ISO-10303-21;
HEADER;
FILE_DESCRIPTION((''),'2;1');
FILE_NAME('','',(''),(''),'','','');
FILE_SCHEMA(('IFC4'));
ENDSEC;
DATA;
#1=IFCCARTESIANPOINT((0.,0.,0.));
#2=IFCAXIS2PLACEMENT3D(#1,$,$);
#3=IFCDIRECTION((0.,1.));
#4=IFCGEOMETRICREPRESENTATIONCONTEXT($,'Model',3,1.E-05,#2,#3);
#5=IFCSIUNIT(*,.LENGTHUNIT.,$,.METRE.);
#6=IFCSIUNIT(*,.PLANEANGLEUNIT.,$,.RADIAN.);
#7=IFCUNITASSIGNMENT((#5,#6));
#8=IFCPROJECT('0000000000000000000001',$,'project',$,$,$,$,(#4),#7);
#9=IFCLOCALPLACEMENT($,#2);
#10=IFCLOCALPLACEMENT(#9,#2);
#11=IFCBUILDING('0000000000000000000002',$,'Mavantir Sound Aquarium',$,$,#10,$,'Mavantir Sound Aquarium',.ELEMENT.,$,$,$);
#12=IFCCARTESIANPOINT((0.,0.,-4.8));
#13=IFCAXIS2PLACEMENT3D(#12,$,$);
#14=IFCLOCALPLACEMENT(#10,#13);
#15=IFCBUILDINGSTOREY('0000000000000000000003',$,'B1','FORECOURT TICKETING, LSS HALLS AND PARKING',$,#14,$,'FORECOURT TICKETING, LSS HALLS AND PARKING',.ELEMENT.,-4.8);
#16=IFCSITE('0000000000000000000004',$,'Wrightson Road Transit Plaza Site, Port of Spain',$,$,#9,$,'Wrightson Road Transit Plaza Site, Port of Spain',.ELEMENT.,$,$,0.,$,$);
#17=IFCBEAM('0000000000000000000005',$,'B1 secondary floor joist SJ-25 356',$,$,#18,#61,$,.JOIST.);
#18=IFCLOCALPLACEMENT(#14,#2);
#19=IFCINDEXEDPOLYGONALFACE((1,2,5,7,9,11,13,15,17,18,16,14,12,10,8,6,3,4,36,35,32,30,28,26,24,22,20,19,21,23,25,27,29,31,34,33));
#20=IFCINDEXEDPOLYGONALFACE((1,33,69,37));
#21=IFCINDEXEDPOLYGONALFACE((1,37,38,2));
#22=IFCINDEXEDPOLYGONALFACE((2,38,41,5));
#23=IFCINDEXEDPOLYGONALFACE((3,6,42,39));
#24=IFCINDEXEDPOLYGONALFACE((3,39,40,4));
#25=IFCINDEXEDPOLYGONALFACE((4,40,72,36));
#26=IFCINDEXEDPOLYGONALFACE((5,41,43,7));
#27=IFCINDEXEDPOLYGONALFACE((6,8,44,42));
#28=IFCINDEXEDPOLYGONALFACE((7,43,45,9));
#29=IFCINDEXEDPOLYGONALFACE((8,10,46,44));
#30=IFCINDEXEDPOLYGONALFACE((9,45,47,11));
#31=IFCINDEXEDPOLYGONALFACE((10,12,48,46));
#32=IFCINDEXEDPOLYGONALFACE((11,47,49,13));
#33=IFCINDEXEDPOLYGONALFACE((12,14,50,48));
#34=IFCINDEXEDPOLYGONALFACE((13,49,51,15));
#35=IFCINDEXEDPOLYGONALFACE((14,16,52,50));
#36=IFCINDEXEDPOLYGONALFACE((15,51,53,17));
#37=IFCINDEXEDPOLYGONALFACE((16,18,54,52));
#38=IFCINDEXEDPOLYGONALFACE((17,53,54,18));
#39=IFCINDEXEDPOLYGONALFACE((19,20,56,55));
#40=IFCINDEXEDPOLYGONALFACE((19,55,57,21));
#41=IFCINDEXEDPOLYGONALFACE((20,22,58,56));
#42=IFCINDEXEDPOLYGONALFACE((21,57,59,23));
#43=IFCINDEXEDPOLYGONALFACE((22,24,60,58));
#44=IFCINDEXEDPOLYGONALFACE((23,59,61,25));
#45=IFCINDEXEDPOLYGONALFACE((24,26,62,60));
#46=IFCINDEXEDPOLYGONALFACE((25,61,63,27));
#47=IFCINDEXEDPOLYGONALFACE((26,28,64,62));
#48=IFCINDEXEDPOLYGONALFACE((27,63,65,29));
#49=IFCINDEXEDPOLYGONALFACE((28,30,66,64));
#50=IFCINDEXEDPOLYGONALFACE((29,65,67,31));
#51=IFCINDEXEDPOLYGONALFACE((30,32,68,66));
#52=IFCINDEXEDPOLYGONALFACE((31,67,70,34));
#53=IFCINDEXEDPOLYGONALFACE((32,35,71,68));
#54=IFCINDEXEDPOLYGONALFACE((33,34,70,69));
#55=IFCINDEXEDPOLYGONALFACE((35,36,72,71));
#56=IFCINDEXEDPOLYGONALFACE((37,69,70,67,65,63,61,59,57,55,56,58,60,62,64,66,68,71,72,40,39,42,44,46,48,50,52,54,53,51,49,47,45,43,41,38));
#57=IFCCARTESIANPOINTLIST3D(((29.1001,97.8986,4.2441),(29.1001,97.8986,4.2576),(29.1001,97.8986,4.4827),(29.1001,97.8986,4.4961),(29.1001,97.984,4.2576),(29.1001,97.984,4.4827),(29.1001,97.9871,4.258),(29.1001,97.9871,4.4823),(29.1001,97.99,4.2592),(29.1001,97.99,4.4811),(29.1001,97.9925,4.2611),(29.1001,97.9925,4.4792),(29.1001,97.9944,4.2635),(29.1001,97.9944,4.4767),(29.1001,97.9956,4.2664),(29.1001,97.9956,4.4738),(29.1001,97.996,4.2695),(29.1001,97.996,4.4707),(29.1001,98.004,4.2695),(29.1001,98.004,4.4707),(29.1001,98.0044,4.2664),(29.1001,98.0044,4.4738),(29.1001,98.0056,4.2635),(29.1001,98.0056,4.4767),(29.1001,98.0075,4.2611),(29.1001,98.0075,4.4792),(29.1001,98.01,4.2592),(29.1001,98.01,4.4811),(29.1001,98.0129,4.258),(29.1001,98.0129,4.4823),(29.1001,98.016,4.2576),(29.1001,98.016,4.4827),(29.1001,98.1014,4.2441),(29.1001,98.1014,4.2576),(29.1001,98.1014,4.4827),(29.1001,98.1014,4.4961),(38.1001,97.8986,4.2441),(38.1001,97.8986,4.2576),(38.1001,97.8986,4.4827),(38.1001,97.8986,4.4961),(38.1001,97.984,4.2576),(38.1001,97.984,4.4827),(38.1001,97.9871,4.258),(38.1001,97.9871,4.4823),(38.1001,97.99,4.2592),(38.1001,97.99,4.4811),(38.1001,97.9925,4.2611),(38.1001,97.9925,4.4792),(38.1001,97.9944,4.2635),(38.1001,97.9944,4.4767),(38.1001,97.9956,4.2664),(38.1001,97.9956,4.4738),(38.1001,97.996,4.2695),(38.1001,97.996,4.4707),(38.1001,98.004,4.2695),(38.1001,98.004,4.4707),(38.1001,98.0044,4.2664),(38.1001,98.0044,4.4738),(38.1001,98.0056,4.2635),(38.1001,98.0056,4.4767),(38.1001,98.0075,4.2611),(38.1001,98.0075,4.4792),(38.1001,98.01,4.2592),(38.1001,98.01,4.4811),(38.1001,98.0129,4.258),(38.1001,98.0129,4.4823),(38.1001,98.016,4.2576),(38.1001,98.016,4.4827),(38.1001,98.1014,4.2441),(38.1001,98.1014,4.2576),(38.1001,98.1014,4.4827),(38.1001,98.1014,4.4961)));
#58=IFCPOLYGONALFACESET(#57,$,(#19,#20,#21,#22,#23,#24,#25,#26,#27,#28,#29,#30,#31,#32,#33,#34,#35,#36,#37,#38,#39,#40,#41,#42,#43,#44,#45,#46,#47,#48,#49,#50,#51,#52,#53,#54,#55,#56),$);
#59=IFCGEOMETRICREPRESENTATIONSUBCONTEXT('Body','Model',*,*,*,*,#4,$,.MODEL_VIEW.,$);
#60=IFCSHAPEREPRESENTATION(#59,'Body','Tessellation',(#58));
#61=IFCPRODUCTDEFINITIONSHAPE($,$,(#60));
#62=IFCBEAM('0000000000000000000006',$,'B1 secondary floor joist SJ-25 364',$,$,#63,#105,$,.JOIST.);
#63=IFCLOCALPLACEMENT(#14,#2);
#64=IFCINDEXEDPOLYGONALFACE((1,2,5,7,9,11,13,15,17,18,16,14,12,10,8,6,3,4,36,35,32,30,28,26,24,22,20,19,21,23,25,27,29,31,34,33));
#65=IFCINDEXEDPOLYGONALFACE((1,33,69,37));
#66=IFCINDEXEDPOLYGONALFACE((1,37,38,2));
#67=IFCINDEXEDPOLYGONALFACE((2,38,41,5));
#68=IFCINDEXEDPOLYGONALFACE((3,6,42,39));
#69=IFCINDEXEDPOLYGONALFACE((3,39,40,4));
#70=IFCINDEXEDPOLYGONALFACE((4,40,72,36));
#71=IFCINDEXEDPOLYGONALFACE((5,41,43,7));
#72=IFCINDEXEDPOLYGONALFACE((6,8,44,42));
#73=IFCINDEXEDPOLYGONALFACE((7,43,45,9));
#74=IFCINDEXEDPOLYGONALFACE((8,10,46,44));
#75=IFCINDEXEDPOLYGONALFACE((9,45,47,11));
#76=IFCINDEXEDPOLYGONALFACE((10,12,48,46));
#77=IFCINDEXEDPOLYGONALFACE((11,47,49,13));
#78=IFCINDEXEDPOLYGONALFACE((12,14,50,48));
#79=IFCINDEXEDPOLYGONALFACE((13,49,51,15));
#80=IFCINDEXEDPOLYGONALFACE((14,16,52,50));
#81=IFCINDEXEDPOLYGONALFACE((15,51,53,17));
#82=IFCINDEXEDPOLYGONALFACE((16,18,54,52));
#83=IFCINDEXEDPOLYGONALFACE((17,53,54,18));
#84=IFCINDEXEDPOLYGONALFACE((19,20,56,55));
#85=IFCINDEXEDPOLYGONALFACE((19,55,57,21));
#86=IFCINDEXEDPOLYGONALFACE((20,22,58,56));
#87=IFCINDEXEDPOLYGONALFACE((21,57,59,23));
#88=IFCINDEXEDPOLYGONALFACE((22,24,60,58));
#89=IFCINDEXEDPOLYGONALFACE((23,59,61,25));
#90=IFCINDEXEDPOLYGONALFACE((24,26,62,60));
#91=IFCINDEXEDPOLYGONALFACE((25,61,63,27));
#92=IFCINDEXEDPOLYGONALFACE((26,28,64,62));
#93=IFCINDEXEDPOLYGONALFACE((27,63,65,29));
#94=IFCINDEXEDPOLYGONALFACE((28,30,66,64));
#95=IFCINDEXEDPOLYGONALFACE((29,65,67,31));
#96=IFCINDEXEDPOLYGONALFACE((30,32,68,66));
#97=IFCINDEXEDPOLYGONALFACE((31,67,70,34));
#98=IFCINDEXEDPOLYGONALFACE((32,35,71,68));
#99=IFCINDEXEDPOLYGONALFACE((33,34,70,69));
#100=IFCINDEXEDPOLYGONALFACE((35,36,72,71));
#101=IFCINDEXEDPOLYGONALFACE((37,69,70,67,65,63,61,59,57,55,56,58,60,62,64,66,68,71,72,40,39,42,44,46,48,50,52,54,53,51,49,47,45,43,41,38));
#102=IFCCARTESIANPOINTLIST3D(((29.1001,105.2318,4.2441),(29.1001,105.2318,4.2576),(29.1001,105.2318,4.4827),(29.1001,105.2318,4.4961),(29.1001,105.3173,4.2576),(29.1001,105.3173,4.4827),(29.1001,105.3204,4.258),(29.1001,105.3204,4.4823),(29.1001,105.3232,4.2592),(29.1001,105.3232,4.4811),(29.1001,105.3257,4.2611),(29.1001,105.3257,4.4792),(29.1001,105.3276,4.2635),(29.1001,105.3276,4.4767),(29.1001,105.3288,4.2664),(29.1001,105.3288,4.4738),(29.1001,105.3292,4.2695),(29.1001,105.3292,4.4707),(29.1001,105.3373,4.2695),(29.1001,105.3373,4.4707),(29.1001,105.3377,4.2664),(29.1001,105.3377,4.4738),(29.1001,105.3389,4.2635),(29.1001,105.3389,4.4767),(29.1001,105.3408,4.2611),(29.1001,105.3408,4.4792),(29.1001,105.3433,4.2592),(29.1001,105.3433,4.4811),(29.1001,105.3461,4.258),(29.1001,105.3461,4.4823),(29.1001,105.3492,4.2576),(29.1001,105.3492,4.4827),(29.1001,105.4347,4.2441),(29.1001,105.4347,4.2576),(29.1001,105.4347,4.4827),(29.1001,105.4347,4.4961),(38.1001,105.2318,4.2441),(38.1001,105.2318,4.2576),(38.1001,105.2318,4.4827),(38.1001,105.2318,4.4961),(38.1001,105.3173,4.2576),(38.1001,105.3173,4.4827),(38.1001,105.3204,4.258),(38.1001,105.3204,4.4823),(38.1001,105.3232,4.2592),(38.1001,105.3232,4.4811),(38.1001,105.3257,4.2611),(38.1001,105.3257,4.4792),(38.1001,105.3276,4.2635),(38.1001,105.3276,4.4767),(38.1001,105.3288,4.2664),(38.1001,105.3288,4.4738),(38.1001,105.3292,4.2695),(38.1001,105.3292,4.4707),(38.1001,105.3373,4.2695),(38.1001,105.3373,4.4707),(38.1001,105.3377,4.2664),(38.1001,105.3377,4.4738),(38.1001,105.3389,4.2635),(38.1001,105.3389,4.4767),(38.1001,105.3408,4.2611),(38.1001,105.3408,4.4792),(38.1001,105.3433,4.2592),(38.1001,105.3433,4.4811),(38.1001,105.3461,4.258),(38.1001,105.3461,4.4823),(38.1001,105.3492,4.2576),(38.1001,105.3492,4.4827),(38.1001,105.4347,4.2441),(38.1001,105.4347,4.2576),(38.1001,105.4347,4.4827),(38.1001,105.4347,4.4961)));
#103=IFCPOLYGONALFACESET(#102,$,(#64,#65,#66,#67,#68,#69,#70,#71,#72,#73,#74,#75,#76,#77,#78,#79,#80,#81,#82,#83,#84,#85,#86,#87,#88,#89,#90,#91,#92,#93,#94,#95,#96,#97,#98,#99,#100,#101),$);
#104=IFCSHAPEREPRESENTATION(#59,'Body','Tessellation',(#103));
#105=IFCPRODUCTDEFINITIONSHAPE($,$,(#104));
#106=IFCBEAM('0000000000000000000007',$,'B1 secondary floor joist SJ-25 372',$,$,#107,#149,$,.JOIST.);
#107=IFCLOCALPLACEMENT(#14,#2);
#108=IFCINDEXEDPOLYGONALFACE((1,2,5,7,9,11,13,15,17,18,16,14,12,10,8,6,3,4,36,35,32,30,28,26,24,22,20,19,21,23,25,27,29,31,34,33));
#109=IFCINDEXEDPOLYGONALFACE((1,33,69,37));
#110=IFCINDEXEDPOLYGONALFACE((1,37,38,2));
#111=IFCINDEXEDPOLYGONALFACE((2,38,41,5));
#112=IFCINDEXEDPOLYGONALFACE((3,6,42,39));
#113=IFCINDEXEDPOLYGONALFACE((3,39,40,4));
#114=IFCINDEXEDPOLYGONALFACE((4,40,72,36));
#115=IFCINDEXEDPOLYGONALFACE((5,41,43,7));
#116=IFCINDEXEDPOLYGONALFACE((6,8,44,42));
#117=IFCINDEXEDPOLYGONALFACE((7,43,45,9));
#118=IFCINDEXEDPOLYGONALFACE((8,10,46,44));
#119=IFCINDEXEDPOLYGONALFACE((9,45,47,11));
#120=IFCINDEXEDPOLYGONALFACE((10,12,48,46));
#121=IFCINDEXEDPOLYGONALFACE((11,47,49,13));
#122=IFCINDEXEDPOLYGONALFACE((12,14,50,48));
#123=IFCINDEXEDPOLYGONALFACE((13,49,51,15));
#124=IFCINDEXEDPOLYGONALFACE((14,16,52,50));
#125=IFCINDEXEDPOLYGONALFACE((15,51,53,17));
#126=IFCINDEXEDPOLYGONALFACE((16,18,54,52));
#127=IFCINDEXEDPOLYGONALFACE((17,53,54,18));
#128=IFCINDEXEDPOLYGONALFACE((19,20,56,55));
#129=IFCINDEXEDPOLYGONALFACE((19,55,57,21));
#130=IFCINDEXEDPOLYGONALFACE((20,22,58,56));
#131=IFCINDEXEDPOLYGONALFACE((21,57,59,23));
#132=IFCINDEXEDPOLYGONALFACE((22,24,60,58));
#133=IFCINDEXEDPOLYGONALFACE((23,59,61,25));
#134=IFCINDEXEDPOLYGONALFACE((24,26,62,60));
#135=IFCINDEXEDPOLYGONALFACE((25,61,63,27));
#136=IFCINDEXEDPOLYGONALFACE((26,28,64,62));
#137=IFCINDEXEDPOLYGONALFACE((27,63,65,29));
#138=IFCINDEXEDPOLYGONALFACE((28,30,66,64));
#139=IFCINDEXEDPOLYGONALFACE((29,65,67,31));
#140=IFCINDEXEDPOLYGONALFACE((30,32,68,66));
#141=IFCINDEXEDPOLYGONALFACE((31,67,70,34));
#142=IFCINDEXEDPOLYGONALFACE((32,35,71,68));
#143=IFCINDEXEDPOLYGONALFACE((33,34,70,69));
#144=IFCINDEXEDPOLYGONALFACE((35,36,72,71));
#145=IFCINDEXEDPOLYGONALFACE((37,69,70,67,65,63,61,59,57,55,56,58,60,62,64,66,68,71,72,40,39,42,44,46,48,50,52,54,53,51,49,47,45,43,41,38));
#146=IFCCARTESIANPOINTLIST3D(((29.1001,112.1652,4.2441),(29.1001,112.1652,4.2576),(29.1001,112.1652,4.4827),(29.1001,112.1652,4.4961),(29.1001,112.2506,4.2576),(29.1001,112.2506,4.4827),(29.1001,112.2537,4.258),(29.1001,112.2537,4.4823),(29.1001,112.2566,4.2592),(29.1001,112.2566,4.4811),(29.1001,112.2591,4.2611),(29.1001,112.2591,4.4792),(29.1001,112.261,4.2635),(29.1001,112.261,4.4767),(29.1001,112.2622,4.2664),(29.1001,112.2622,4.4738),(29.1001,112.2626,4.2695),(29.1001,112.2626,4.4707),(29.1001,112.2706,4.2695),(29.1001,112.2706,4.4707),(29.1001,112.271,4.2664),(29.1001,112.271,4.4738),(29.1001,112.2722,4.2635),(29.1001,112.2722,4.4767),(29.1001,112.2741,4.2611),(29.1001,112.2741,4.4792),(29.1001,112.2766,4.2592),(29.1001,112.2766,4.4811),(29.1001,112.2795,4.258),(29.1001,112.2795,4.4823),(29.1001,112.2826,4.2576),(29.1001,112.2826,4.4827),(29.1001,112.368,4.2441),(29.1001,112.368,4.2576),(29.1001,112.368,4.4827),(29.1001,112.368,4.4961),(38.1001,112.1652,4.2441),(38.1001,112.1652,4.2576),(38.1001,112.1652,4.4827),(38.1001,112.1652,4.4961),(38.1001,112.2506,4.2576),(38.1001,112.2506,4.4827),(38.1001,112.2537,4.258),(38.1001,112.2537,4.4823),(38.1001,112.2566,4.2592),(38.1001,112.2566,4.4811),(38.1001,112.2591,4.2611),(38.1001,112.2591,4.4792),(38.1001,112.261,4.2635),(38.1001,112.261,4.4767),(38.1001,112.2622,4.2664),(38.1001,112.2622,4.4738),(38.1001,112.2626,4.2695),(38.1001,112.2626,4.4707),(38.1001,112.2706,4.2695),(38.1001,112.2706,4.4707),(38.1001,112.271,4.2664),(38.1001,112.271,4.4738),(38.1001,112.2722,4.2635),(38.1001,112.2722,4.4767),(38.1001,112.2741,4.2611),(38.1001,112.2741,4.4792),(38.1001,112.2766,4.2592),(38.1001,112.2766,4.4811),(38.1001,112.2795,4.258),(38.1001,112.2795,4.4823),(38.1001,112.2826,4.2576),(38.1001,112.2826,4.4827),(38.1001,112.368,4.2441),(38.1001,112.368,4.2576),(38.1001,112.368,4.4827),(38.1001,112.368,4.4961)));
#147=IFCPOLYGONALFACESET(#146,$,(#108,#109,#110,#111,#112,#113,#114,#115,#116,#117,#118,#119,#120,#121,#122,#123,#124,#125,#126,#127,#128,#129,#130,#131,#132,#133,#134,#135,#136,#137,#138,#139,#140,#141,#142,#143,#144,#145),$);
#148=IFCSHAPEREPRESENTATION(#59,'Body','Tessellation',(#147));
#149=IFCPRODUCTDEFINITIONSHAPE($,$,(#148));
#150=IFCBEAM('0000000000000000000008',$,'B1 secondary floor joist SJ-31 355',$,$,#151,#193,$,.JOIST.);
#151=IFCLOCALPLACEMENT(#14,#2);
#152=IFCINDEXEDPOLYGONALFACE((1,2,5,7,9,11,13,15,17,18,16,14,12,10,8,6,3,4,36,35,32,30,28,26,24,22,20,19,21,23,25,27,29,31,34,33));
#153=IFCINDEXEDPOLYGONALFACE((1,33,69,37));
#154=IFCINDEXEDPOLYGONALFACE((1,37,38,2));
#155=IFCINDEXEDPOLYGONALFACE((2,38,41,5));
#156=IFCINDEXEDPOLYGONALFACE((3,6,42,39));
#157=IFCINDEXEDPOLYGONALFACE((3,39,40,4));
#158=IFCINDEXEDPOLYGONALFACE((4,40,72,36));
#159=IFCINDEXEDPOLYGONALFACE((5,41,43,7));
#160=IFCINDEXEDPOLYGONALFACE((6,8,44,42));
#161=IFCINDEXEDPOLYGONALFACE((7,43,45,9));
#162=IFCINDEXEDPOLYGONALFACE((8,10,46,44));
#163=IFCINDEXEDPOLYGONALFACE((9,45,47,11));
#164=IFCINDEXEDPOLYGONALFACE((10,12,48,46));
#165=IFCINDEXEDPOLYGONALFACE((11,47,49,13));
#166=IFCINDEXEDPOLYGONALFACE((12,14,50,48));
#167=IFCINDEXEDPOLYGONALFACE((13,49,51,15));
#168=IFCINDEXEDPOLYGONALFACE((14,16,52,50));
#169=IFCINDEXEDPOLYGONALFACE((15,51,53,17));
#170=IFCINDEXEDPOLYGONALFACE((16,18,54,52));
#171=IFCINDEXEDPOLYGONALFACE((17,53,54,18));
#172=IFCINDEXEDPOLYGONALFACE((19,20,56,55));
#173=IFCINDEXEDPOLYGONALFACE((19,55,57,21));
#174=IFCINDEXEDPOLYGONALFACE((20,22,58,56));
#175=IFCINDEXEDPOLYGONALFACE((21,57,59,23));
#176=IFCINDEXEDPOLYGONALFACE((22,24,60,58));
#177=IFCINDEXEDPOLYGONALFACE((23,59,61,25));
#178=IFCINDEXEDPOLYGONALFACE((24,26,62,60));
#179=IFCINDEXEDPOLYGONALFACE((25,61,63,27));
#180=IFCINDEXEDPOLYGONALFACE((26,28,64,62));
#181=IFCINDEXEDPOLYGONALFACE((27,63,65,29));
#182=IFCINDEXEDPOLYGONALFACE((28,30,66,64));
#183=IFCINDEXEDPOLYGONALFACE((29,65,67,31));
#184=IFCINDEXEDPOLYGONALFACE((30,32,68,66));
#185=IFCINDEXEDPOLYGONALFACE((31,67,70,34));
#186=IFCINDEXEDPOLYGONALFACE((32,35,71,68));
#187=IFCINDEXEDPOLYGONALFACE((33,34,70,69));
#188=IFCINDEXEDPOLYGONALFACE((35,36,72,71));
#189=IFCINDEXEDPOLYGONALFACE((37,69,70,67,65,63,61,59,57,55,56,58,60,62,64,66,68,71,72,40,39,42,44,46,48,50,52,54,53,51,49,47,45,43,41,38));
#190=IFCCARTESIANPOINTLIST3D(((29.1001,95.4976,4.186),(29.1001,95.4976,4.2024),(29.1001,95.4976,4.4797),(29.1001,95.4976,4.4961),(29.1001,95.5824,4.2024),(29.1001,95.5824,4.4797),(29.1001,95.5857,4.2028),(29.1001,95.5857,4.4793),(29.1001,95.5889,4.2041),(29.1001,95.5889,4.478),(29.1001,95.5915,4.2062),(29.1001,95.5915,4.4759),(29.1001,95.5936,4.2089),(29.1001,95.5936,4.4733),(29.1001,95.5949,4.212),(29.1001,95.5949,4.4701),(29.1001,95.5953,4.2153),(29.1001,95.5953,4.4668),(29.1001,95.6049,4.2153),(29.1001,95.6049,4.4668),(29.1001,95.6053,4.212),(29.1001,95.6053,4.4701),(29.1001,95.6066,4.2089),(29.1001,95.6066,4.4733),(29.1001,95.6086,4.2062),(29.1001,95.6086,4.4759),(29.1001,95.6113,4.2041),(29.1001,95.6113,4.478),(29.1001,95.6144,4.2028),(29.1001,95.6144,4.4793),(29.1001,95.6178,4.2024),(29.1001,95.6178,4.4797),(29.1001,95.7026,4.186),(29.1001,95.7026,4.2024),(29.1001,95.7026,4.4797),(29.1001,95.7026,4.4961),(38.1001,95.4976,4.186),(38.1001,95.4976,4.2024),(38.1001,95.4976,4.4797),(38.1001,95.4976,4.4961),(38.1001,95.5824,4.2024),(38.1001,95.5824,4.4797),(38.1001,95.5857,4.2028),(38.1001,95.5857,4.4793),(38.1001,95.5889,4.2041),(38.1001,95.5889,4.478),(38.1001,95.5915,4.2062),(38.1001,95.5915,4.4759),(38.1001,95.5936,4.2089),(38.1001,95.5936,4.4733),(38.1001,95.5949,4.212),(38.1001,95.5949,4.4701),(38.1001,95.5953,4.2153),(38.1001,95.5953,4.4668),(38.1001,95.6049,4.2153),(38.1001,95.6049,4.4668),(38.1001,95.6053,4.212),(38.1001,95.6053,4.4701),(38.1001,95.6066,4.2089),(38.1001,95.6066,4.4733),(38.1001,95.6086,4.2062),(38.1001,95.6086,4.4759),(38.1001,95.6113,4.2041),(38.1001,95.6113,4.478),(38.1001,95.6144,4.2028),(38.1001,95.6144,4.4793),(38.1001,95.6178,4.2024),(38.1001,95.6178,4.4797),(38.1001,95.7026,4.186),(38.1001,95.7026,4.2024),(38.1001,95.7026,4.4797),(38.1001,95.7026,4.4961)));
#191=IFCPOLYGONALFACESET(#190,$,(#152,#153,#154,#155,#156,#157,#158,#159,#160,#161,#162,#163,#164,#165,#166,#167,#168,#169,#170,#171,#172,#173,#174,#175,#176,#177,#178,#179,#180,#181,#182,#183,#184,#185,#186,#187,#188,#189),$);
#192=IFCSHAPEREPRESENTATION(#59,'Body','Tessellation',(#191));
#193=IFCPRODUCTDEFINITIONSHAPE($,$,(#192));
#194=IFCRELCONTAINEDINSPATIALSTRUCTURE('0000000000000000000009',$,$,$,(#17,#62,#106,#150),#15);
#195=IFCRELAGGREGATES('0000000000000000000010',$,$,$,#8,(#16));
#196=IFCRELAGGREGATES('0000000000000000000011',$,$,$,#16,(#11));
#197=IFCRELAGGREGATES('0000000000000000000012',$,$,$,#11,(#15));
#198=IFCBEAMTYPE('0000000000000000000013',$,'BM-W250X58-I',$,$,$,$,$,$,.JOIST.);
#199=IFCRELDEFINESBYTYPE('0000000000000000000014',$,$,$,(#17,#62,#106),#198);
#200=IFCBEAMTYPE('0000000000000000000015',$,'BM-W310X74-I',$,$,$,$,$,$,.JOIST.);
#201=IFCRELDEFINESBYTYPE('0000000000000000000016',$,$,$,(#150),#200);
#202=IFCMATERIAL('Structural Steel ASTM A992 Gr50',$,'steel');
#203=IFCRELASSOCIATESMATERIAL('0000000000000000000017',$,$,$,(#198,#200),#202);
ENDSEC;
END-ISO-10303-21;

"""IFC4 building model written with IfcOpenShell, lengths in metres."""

from ifc_helpers import new_model, si_unit, direction, frame, origin, origin_2d, place, context, subcontext, project, spatial, i_section, extrude, material, material_profile, profile_set, type_object, element, save


model = new_model("IFC4")

# Units and contexts
model_context = context("Model", 3, precision=1e-05, world=origin(), true_north=direction((0.0, 1.0)))
body_context = subcontext(model_context, "Body", "Model", "MODEL_VIEW")
ifc_project = project(units=[si_unit("LENGTHUNIT", "METRE"), si_unit("PLANEANGLEUNIT", "RADIAN")], contexts=[model_context])

# Site, building, storey
site_placement = place(None, origin())
site = spatial("IfcSite", under=ifc_project, at=site_placement, Name="Wrightson Road Transit Plaza Site, Port of Spain", LongName="Wrightson Road Transit Plaza Site, Port of Spain", CompositionType="ELEMENT", RefElevation=0.0)
building_placement = place(site_placement, origin())
building = spatial("IfcBuilding", under=site, at=building_placement, Name="Mavantir Sound Aquarium", LongName="Mavantir Sound Aquarium", CompositionType="ELEMENT")
storey_placement = place(building_placement, frame((0.0, 0.0, -4.8)))
storey = spatial("IfcBuildingStorey", under=building, at=storey_placement, Name="B1", Description="FORECOURT TICKETING, LSS HALLS AND PARKING", LongName="FORECOURT TICKETING, LSS HALLS AND PARKING", CompositionType="ELEMENT", Elevation=-4.8)

# Beams
ifc_material_1 = material(Name="Structural Steel ASTM A992 Gr50", Category="steel")
ifc_material_profile_1 = material_profile(ifc_material_1, i_section(OverallWidth=0.2029, OverallDepth=0.252, WebThickness=0.0081, FlangeThickness=0.0134, FilletRadius=0.012, at=origin_2d()), Name="W250X58")
ifc_profile_set_1 = profile_set([ifc_material_profile_1], Name="Structural Steel ASTM A992 Gr50")
beam_type_1 = type_object("IfcBeamType", Name="BM-W250X58-I", PredefinedType="JOIST", material=ifc_profile_set_1)
for number, where, z_axis, x_axis, name in (
    (1, (29.1001, 98.0, 4.3701), (1.0, 0.0, 0.0), (0.0, 1.0, 0.0), "B1 secondary floor joist SJ-25 356"),
    (2, (29.1001, 105.3333, 4.3701), (1.0, 0.0, 0.0), (0.0, 1.0, 0.0), "B1 secondary floor joist SJ-25 364"),
    (3, (29.1001, 112.2666, 4.3701), (1.0, 0.0, 0.0), (0.0, 1.0, 0.0), "B1 secondary floor joist SJ-25 372"),
):
    element("IfcBeam", number, at=place(storey_placement, frame(where, z_axis=z_axis, x_axis=x_axis)), inside=storey, type_object=beam_type_1, Name=name, PredefinedType="JOIST", context=body_context, shape_type="SweptSolid", body=[
        extrude(i_section(OverallWidth=0.2029, OverallDepth=0.252, WebThickness=0.0081, FlangeThickness=0.0134, FilletRadius=0.012, at=origin_2d()), origin(), (0.0, 0.0, 1.0), 9.0),
    ])
ifc_material_profile_2 = material_profile(ifc_material_1, i_section(OverallWidth=0.2051, OverallDepth=0.3101, WebThickness=0.0095, FlangeThickness=0.0164, FilletRadius=0.0129, at=origin_2d()), Name="W310X74")
ifc_profile_set_2 = profile_set([ifc_material_profile_2], Name="Structural Steel ASTM A992 Gr50")
beam_type_2 = type_object("IfcBeamType", Name="BM-W310X74-I", PredefinedType="JOIST", material=ifc_profile_set_2)
beam_1_placement = place(storey_placement, frame((29.1001, 95.6001, 4.3411), z_axis=(1.0, 0.0, 0.0), x_axis=(0.0, 1.0, 0.0)))
element("IfcBeam", 4, at=beam_1_placement, inside=storey, type_object=beam_type_2, Name="B1 secondary floor joist SJ-31 355", PredefinedType="JOIST", context=body_context, shape_type="SweptSolid", body=[
    extrude(i_section(OverallWidth=0.2051, OverallDepth=0.3101, WebThickness=0.0095, FlangeThickness=0.0164, FilletRadius=0.0129, at=origin_2d()), origin(), (0.0, 0.0, 1.0), 9.0),
])

save(model, "model.ifc")
